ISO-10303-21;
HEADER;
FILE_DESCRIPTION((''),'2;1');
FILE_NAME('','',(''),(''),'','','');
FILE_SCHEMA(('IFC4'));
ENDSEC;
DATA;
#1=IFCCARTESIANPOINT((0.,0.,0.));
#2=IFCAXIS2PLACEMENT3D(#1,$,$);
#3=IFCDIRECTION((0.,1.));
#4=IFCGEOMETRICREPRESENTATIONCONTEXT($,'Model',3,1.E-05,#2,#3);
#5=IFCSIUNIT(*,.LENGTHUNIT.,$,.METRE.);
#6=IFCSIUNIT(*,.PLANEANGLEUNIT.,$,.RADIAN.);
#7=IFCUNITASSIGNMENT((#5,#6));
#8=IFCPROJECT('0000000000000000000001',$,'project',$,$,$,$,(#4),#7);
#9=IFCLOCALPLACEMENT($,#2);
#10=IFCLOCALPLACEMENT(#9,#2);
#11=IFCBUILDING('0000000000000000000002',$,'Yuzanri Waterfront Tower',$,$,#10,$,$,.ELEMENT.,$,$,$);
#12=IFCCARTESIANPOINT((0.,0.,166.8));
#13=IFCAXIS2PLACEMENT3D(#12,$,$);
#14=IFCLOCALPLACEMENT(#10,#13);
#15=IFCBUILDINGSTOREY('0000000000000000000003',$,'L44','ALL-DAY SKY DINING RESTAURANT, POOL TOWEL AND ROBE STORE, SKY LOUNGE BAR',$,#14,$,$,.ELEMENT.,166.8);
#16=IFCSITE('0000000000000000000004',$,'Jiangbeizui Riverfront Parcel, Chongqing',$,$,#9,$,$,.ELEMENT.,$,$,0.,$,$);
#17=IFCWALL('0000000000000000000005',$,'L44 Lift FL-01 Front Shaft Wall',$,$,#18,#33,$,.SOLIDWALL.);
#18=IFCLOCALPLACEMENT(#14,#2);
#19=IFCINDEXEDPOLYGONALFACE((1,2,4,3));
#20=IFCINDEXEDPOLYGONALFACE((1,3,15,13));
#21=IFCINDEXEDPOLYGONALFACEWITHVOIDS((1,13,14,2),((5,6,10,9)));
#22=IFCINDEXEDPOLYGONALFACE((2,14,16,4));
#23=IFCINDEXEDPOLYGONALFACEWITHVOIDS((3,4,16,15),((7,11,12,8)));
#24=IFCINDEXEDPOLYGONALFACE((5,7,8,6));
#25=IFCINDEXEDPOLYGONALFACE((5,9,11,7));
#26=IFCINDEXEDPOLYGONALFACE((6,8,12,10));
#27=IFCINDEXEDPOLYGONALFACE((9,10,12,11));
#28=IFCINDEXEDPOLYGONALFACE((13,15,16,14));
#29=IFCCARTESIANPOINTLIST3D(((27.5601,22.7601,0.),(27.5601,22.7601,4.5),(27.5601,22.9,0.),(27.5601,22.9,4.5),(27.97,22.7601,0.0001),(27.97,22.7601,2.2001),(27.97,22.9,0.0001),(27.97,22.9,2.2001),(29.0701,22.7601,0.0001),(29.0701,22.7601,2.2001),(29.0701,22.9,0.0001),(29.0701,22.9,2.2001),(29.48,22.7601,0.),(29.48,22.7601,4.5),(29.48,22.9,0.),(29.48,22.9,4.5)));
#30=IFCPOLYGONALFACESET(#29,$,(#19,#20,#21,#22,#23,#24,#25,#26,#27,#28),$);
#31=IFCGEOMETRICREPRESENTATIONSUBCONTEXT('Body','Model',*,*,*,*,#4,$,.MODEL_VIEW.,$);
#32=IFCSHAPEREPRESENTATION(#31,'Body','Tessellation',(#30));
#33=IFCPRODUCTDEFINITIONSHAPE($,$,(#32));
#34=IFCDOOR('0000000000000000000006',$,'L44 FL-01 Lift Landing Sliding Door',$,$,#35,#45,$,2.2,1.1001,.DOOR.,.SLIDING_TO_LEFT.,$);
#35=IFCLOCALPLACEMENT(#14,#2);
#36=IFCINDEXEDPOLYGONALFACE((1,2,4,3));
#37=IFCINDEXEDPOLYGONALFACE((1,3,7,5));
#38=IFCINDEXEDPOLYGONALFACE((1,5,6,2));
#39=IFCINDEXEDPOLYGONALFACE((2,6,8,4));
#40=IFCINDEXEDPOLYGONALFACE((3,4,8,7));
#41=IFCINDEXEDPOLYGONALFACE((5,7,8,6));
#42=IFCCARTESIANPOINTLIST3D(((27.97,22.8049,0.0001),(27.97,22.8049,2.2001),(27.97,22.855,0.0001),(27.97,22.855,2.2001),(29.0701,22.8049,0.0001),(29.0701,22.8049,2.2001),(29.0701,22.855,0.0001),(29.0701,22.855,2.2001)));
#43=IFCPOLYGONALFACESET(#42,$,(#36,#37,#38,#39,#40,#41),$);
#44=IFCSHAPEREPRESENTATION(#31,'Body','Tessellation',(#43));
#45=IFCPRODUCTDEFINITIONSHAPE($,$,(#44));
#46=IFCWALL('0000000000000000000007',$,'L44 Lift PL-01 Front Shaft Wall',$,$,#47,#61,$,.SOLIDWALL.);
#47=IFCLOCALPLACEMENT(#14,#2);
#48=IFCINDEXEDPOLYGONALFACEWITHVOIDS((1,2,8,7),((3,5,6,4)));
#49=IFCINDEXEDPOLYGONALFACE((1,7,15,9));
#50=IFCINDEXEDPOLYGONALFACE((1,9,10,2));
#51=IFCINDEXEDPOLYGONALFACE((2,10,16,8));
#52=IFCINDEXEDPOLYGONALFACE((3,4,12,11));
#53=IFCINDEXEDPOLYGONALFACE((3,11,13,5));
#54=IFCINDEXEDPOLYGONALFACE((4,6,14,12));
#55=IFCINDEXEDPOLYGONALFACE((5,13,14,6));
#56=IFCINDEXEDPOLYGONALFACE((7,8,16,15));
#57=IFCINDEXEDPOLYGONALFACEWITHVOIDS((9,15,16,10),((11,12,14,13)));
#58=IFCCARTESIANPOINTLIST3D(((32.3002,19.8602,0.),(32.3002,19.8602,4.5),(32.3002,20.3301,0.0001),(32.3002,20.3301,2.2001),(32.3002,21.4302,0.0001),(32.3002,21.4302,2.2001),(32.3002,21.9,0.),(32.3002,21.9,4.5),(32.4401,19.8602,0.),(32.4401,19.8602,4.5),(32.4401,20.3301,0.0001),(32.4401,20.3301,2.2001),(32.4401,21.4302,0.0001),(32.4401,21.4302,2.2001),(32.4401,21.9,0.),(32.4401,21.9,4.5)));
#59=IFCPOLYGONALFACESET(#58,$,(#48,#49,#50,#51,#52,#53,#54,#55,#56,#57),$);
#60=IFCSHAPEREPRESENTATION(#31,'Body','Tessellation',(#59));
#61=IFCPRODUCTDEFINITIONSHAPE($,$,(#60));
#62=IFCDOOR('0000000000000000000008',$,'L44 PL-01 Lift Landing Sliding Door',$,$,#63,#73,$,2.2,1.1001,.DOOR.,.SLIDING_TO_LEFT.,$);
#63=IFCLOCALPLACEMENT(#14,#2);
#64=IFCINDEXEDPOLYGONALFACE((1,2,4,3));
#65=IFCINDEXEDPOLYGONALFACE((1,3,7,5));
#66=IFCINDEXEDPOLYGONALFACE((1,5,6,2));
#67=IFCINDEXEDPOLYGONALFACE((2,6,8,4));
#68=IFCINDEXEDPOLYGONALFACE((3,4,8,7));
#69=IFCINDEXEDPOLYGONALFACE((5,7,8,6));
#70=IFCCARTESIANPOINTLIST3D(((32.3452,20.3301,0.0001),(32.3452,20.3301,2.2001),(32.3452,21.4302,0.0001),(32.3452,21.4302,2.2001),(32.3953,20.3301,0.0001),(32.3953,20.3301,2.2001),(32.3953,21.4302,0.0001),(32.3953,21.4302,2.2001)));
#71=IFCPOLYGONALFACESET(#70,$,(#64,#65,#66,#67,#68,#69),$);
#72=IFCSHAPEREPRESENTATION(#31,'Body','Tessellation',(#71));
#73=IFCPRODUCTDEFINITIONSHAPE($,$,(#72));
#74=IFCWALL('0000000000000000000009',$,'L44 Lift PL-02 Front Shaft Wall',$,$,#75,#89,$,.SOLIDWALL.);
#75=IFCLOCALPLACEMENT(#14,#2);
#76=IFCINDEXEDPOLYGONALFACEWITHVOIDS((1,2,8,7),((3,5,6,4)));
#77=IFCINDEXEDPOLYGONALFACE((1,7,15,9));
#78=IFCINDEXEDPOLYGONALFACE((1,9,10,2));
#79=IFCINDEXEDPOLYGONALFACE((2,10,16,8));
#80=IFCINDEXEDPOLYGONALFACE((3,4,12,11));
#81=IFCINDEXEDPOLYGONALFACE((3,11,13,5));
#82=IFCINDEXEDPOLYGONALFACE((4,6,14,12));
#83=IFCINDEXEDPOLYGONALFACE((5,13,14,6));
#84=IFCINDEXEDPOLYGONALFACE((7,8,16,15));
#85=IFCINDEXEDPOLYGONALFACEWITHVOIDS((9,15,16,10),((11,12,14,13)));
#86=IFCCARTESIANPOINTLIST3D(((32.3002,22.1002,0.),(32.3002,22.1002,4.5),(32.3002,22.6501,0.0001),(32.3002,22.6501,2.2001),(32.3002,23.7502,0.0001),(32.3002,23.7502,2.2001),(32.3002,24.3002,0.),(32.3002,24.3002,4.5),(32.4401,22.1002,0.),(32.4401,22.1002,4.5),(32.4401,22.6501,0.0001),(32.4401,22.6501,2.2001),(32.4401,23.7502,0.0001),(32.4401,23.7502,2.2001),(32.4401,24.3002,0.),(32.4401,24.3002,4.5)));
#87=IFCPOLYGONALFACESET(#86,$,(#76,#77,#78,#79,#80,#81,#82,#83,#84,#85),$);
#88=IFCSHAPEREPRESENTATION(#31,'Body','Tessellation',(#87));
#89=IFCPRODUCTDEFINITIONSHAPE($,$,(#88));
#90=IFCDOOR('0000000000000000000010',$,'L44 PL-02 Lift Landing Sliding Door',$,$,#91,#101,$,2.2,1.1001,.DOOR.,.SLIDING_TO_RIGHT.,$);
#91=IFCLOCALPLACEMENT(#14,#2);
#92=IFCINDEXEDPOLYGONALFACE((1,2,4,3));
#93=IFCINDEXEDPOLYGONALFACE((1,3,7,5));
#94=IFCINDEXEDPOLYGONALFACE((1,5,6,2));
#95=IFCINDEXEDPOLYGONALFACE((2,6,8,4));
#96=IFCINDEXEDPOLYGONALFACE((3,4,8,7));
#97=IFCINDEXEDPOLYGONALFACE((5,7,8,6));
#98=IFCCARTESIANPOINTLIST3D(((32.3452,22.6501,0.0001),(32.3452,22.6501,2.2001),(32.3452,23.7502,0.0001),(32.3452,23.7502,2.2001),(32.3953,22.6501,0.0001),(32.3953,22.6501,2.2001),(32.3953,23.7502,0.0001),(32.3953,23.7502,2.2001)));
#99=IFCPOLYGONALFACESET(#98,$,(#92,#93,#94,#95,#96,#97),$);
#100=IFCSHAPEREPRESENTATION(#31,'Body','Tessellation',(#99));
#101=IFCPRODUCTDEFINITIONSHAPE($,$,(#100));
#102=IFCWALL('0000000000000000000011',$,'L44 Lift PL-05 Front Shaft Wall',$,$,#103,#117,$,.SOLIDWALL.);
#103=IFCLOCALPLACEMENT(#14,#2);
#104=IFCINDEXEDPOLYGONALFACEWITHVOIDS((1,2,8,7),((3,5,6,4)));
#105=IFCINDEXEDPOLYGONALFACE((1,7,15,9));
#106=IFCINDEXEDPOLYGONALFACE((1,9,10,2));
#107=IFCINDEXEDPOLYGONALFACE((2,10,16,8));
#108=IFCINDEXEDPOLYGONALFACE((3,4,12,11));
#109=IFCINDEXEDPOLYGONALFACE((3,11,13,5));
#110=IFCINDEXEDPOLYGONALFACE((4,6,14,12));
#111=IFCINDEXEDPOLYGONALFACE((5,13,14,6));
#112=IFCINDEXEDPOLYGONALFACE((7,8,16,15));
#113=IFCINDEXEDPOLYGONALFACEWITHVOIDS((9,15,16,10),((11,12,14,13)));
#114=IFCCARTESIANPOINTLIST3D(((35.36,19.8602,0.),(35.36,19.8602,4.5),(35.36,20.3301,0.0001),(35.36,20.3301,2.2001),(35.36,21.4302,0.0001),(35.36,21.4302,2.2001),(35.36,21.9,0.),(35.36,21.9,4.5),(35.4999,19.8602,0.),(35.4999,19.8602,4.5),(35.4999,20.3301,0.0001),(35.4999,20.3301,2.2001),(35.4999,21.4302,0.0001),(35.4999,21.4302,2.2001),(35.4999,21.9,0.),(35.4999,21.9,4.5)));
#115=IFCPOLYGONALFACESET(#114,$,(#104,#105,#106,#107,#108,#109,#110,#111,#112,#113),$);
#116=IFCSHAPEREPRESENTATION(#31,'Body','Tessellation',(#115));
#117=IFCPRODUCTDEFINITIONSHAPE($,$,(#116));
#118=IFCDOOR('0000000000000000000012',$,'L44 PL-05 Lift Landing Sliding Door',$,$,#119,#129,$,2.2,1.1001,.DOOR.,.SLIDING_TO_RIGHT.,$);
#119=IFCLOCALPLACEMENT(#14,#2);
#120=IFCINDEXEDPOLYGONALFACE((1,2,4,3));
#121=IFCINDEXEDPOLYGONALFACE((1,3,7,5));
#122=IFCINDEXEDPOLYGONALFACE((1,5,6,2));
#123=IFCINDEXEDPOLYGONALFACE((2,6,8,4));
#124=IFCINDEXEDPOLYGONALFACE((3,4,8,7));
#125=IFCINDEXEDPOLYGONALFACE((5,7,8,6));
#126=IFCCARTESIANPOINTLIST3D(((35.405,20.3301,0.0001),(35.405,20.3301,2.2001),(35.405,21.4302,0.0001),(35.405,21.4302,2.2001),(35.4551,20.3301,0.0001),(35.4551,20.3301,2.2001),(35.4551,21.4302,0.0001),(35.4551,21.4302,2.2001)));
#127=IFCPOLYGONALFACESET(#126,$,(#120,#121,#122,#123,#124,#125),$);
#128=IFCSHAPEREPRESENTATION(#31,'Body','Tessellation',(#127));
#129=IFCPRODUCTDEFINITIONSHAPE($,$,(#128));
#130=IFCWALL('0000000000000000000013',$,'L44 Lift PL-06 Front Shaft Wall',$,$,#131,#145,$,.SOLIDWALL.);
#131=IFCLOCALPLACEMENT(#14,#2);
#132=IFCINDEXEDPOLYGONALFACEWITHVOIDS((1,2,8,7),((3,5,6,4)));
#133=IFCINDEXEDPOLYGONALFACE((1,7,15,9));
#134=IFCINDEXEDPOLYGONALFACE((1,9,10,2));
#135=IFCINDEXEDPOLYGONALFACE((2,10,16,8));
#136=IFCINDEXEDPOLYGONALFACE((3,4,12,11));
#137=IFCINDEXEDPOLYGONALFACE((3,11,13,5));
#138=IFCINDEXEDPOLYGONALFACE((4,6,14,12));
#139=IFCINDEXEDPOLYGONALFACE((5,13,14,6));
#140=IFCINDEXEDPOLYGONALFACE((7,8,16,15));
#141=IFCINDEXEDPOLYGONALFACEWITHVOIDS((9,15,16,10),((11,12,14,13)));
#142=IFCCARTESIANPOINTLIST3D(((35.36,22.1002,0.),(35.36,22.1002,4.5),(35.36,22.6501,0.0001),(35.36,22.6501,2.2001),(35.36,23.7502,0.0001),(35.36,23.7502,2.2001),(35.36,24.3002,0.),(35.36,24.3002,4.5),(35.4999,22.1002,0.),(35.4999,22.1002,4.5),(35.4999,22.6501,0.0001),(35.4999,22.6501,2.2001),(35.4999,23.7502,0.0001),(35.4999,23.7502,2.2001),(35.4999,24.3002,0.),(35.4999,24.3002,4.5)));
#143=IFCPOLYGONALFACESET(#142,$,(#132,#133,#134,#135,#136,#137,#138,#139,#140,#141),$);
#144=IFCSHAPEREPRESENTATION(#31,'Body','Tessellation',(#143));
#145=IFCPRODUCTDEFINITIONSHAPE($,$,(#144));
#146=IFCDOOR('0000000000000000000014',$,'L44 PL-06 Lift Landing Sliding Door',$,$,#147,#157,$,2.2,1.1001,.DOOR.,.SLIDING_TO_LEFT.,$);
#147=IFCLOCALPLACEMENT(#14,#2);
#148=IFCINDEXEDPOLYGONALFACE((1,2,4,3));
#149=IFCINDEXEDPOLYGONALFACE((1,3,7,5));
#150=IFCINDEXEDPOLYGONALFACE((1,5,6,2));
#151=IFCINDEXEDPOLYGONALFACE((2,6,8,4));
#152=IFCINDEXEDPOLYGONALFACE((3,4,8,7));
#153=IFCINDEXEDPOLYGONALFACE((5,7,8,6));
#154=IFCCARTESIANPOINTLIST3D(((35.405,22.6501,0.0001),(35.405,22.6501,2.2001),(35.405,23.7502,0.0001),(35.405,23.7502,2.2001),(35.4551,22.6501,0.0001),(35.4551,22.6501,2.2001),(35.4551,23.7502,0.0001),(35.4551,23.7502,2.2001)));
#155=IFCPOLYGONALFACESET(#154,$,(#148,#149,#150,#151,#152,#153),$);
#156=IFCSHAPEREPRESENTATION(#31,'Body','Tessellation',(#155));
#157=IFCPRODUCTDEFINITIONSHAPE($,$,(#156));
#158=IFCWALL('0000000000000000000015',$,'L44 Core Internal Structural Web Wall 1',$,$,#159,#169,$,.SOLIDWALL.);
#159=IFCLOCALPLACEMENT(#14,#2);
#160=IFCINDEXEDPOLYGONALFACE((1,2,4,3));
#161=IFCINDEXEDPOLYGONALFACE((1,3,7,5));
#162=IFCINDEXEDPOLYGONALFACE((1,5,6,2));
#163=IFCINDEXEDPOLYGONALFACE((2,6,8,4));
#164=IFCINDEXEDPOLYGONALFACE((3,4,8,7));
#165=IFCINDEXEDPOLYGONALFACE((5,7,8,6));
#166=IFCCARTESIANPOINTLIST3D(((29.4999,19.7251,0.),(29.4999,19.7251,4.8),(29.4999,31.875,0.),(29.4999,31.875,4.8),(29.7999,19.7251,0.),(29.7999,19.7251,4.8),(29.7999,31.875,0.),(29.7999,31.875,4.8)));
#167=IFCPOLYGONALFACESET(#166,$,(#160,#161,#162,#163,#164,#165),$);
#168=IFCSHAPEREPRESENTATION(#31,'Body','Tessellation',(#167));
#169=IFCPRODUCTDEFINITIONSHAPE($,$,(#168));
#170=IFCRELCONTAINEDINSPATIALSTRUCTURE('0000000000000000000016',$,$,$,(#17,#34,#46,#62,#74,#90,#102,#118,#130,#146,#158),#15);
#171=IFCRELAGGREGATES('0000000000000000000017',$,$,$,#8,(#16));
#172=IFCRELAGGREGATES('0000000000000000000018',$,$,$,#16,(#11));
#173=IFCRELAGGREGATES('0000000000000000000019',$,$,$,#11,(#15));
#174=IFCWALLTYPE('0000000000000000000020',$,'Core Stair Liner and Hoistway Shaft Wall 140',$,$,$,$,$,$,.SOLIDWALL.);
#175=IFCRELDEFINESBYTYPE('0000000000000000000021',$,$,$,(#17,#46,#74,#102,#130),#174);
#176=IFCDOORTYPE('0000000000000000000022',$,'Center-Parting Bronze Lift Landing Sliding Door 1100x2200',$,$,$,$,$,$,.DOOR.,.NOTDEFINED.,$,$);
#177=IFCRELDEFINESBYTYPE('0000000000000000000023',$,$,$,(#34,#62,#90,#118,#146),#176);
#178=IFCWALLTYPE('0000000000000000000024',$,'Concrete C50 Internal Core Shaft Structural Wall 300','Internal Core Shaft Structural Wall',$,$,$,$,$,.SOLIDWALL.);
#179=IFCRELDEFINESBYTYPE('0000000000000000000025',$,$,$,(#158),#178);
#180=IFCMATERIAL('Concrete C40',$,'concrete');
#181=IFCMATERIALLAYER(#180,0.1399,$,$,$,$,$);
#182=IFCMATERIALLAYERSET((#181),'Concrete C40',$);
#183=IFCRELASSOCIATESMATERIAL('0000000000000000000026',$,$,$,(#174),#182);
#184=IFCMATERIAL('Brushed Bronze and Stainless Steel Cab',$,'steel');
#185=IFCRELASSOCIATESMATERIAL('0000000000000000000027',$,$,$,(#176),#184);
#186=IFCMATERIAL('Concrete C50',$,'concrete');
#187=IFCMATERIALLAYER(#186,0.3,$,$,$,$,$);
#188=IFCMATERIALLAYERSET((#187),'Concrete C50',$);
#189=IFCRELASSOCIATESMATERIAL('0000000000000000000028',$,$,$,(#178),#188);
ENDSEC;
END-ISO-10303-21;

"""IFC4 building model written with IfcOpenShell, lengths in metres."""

from ifc_helpers import new_model, si_unit, direction, frame, frame_2d, origin, place, context, subcontext, project, spatial, rectangle, extrude, source, transform, mapped, material, layer, layer_set, type_object, element, fill, save


model = new_model("IFC4")

# Units and contexts
model_context = context("Model", 3, precision=1e-05, world=origin(), true_north=direction((0.0, 1.0)))
body_context = subcontext(model_context, "Body", "Model", "MODEL_VIEW")
ifc_project = project(units=[si_unit("LENGTHUNIT", "METRE"), si_unit("PLANEANGLEUNIT", "RADIAN")], contexts=[model_context])

# Site, building, storey
site_placement = place(None, origin())
site = spatial("IfcSite", under=ifc_project, at=site_placement, Name="Jiangbeizui Riverfront Parcel, Chongqing", CompositionType="ELEMENT", RefElevation=0.0)
building_placement = place(site_placement, origin())
building = spatial("IfcBuilding", under=site, at=building_placement, Name="Yuzanri Waterfront Tower", CompositionType="ELEMENT")
storey_placement = place(building_placement, frame((0.0, 0.0, 166.8)))
storey = spatial("IfcBuildingStorey", under=building, at=storey_placement, Name="L44", Description="ALL-DAY SKY DINING RESTAURANT, POOL TOWEL AND ROBE STORE, SKY LOUNGE BAR", CompositionType="ELEMENT", Elevation=166.8)

# Walls, openings, doors
ifc_material_1 = material(Name="Concrete C40", Category="concrete")
ifc_layer_1 = layer(ifc_material_1, 0.1399)
ifc_layer_set_1 = layer_set([ifc_layer_1], Name="Concrete C40")
wall_type_1 = type_object("IfcWallType", Name="Core Stair Liner and Hoistway Shaft Wall 140", PredefinedType="SOLIDWALL", material=ifc_layer_set_1)
wall_1_placement = place(storey_placement, frame((27.5601, 22.8301, 0.0), z_axis=(0.0, 0.0, 1.0), x_axis=(1.0, 0.0, 0.0)))
wall_1 = element("IfcWall", 1, at=wall_1_placement, inside=storey, type_object=wall_type_1, Name="L44 Lift FL-01 Front Shaft Wall", PredefinedType="SOLIDWALL", context=body_context, shape_type="SweptSolid", body=[
    extrude(rectangle(XDim=1.9199, YDim=0.1399, at=frame_2d((0.96, 0.0))), origin(), (0.0, 0.0, 1.0), 4.5),
])
opening_1_placement = place(wall_1_placement, frame((0.4099, 0.0, 0.0)))
opening_1 = element("IfcOpeningElement", 2, at=opening_1_placement, cuts=wall_1, PredefinedType="OPENING", context=body_context, shape_type="SweptSolid", body=[
    extrude(rectangle(XDim=1.1001, YDim=2.2, at=frame_2d((0.55, 1.1001))), frame((0.0, 0.085, 0.0), z_axis=(0.0, -1.0, 0.0), x_axis=(1.0, 0.0, 0.0)), (0.0, 0.0, 1.0), 0.1697),
])
ifc_material_2 = material(Name="Brushed Bronze and Stainless Steel Cab", Category="steel")
door_type = type_object("IfcDoorType", Name="Center-Parting Bronze Lift Landing Sliding Door 1100x2200", OperationType="NOTDEFINED", PredefinedType="DOOR", material=ifc_material_2)
shared_shape_1 = source(origin(), body_context, "Body", "SweptSolid", [
    extrude(rectangle(XDim=1.1001, YDim=2.2, at=frame_2d((0.55, 1.1001))), frame((0.0, 0.0249, 0.0), z_axis=(0.0, -1.0, 0.0), x_axis=(1.0, 0.0, 0.0)), (0.0, 0.0, 1.0), 0.05),
])
door_1_placement = place(opening_1_placement, origin())
door_1 = element("IfcDoor", 3, at=door_1_placement, inside=storey, type_object=door_type, Name="L44 FL-01 Lift Landing Sliding Door", OperationType="SLIDING_TO_LEFT", OverallHeight=2.2, OverallWidth=1.1001, PredefinedType="DOOR", context=body_context, shape_type="MappedRepresentation", body=[
    mapped(shared_shape_1, transform((0.0, 0.0, 0.0), scale=1.0)),
])
fill(opening_1, door_1)
wall_2_placement = place(storey_placement, frame((32.3701, 19.8601, 0.0), z_axis=(0.0, 0.0, 1.0), x_axis=(0.0, 1.0, 0.0)))
wall_2 = element("IfcWall", 4, at=wall_2_placement, inside=storey, type_object=wall_type_1, Name="L44 Lift PL-01 Front Shaft Wall", PredefinedType="SOLIDWALL", context=body_context, shape_type="SweptSolid", body=[
    extrude(rectangle(XDim=2.0398, YDim=0.1399, at=frame_2d((1.02, 0.0))), origin(), (0.0, 0.0, 1.0), 4.5),
])
opening_2_placement = place(wall_2_placement, frame((0.47, 0.0, 0.0)))
opening_2 = element("IfcOpeningElement", 5, at=opening_2_placement, cuts=wall_2, PredefinedType="OPENING", context=body_context, shape_type="SweptSolid", body=[
    extrude(rectangle(XDim=1.1001, YDim=2.2, at=frame_2d((0.55, 1.1001))), frame((0.0, 0.085, 0.0), z_axis=(0.0, -1.0, 0.0), x_axis=(1.0, 0.0, 0.0)), (0.0, 0.0, 1.0), 0.1697),
])
door_2_placement = place(opening_2_placement, origin())
door_2 = element("IfcDoor", 6, at=door_2_placement, inside=storey, type_object=door_type, Name="L44 PL-01 Lift Landing Sliding Door", OperationType="SLIDING_TO_LEFT", OverallHeight=2.2, OverallWidth=1.1001, PredefinedType="DOOR", context=body_context, shape_type="MappedRepresentation", body=[
    mapped(shared_shape_1, transform((0.0, 0.0, 0.0), scale=1.0)),
])
fill(opening_2, door_2)
wall_3_placement = place(storey_placement, frame((32.3701, 22.1001, 0.0), z_axis=(0.0, 0.0, 1.0), x_axis=(0.0, 1.0, 0.0)))
wall_3 = element("IfcWall", 7, at=wall_3_placement, inside=storey, type_object=wall_type_1, Name="L44 Lift PL-02 Front Shaft Wall", PredefinedType="SOLIDWALL", context=body_context, shape_type="SweptSolid", body=[
    extrude(rectangle(XDim=2.2, YDim=0.1399, at=frame_2d((1.1001, 0.0))), origin(), (0.0, 0.0, 1.0), 4.5),
])
opening_3_placement = place(wall_3_placement, frame((0.55, 0.0, 0.0)))
opening_3 = element("IfcOpeningElement", 8, at=opening_3_placement, cuts=wall_3, PredefinedType="OPENING", context=body_context, shape_type="SweptSolid", body=[
    extrude(rectangle(XDim=1.1001, YDim=2.2, at=frame_2d((0.55, 1.1001))), frame((0.0, 0.085, 0.0), z_axis=(0.0, -1.0, 0.0), x_axis=(1.0, 0.0, 0.0)), (0.0, 0.0, 1.0), 0.1697),
])
door_3_placement = place(opening_3_placement, origin())
door_3 = element("IfcDoor", 9, at=door_3_placement, inside=storey, type_object=door_type, Name="L44 PL-02 Lift Landing Sliding Door", OperationType="SLIDING_TO_RIGHT", OverallHeight=2.2, OverallWidth=1.1001, PredefinedType="DOOR", context=body_context, shape_type="MappedRepresentation", body=[
    mapped(shared_shape_1, transform((0.0, 0.0, 0.0), scale=1.0)),
])
fill(opening_3, door_3)
wall_4_placement = place(storey_placement, frame((35.4299, 19.8601, 0.0), z_axis=(0.0, 0.0, 1.0), x_axis=(0.0, 1.0, 0.0)))
wall_4 = element("IfcWall", 10, at=wall_4_placement, inside=storey, type_object=wall_type_1, Name="L44 Lift PL-05 Front Shaft Wall", PredefinedType="SOLIDWALL", context=body_context, shape_type="SweptSolid", body=[
    extrude(rectangle(XDim=2.0398, YDim=0.1399, at=frame_2d((1.02, 0.0))), origin(), (0.0, 0.0, 1.0), 4.5),
])
opening_4_placement = place(wall_4_placement, frame((0.47, 0.0, 0.0)))
opening_4 = element("IfcOpeningElement", 11, at=opening_4_placement, cuts=wall_4, PredefinedType="OPENING", context=body_context, shape_type="SweptSolid", body=[
    extrude(rectangle(XDim=1.1001, YDim=2.2, at=frame_2d((0.55, 1.1001))), frame((0.0, 0.085, 0.0), z_axis=(0.0, -1.0, 0.0), x_axis=(1.0, 0.0, 0.0)), (0.0, 0.0, 1.0), 0.1697),
])
door_4_placement = place(opening_4_placement, origin())
door_4 = element("IfcDoor", 12, at=door_4_placement, inside=storey, type_object=door_type, Name="L44 PL-05 Lift Landing Sliding Door", OperationType="SLIDING_TO_RIGHT", OverallHeight=2.2, OverallWidth=1.1001, PredefinedType="DOOR", context=body_context, shape_type="MappedRepresentation", body=[
    mapped(shared_shape_1, transform((0.0, 0.0, 0.0), scale=1.0)),
])
fill(opening_4, door_4)
wall_5_placement = place(storey_placement, frame((35.4299, 22.1001, 0.0), z_axis=(0.0, 0.0, 1.0), x_axis=(0.0, 1.0, 0.0)))
wall_5 = element("IfcWall", 13, at=wall_5_placement, inside=storey, type_object=wall_type_1, Name="L44 Lift PL-06 Front Shaft Wall", PredefinedType="SOLIDWALL", context=body_context, shape_type="SweptSolid", body=[
    extrude(rectangle(XDim=2.2, YDim=0.1399, at=frame_2d((1.1001, 0.0))), origin(), (0.0, 0.0, 1.0), 4.5),
])
opening_5_placement = place(wall_5_placement, frame((0.55, 0.0, 0.0)))
opening_5 = element("IfcOpeningElement", 14, at=opening_5_placement, cuts=wall_5, PredefinedType="OPENING", context=body_context, shape_type="SweptSolid", body=[
    extrude(rectangle(XDim=1.1001, YDim=2.2, at=frame_2d((0.55, 1.1001))), frame((0.0, 0.085, 0.0), z_axis=(0.0, -1.0, 0.0), x_axis=(1.0, 0.0, 0.0)), (0.0, 0.0, 1.0), 0.1697),
])
door_5_placement = place(opening_5_placement, origin())
door_5 = element("IfcDoor", 15, at=door_5_placement, inside=storey, type_object=door_type, Name="L44 PL-06 Lift Landing Sliding Door", OperationType="SLIDING_TO_LEFT", OverallHeight=2.2, OverallWidth=1.1001, PredefinedType="DOOR", context=body_context, shape_type="MappedRepresentation", body=[
    mapped(shared_shape_1, transform((0.0, 0.0, 0.0), scale=1.0)),
])
fill(opening_5, door_5)

# Wall
ifc_material_3 = material(Name="Concrete C50", Category="concrete")
ifc_layer_2 = layer(ifc_material_3, 0.3)
ifc_layer_set_2 = layer_set([ifc_layer_2], Name="Concrete C50")
wall_type_2 = type_object("IfcWallType", Name="Concrete C50 Internal Core Shaft Structural Wall 300", Description="Internal Core Shaft Structural Wall", PredefinedType="SOLIDWALL", material=ifc_layer_set_2)
shared_shape_2 = source(origin(), body_context, "Body", "SweptSolid", [
    extrude(rectangle(XDim=12.1499, YDim=0.3, at=frame_2d((6.075, 0.0))), origin(), (0.0, 0.0, 1.0), 4.8),
])
wall_6_placement = place(storey_placement, frame((29.6499, 19.7251, 0.0), z_axis=(0.0, 0.0, 1.0), x_axis=(0.0, 1.0, 0.0)))
element("IfcWall", 16, at=wall_6_placement, inside=storey, type_object=wall_type_2, Name="L44 Core Internal Structural Web Wall 1", PredefinedType="SOLIDWALL", context=body_context, shape_type="MappedRepresentation", body=[
    mapped(shared_shape_2, transform((0.0, 0.0, 0.0), scale=1.0)),
])

save(model, "model.ifc")
